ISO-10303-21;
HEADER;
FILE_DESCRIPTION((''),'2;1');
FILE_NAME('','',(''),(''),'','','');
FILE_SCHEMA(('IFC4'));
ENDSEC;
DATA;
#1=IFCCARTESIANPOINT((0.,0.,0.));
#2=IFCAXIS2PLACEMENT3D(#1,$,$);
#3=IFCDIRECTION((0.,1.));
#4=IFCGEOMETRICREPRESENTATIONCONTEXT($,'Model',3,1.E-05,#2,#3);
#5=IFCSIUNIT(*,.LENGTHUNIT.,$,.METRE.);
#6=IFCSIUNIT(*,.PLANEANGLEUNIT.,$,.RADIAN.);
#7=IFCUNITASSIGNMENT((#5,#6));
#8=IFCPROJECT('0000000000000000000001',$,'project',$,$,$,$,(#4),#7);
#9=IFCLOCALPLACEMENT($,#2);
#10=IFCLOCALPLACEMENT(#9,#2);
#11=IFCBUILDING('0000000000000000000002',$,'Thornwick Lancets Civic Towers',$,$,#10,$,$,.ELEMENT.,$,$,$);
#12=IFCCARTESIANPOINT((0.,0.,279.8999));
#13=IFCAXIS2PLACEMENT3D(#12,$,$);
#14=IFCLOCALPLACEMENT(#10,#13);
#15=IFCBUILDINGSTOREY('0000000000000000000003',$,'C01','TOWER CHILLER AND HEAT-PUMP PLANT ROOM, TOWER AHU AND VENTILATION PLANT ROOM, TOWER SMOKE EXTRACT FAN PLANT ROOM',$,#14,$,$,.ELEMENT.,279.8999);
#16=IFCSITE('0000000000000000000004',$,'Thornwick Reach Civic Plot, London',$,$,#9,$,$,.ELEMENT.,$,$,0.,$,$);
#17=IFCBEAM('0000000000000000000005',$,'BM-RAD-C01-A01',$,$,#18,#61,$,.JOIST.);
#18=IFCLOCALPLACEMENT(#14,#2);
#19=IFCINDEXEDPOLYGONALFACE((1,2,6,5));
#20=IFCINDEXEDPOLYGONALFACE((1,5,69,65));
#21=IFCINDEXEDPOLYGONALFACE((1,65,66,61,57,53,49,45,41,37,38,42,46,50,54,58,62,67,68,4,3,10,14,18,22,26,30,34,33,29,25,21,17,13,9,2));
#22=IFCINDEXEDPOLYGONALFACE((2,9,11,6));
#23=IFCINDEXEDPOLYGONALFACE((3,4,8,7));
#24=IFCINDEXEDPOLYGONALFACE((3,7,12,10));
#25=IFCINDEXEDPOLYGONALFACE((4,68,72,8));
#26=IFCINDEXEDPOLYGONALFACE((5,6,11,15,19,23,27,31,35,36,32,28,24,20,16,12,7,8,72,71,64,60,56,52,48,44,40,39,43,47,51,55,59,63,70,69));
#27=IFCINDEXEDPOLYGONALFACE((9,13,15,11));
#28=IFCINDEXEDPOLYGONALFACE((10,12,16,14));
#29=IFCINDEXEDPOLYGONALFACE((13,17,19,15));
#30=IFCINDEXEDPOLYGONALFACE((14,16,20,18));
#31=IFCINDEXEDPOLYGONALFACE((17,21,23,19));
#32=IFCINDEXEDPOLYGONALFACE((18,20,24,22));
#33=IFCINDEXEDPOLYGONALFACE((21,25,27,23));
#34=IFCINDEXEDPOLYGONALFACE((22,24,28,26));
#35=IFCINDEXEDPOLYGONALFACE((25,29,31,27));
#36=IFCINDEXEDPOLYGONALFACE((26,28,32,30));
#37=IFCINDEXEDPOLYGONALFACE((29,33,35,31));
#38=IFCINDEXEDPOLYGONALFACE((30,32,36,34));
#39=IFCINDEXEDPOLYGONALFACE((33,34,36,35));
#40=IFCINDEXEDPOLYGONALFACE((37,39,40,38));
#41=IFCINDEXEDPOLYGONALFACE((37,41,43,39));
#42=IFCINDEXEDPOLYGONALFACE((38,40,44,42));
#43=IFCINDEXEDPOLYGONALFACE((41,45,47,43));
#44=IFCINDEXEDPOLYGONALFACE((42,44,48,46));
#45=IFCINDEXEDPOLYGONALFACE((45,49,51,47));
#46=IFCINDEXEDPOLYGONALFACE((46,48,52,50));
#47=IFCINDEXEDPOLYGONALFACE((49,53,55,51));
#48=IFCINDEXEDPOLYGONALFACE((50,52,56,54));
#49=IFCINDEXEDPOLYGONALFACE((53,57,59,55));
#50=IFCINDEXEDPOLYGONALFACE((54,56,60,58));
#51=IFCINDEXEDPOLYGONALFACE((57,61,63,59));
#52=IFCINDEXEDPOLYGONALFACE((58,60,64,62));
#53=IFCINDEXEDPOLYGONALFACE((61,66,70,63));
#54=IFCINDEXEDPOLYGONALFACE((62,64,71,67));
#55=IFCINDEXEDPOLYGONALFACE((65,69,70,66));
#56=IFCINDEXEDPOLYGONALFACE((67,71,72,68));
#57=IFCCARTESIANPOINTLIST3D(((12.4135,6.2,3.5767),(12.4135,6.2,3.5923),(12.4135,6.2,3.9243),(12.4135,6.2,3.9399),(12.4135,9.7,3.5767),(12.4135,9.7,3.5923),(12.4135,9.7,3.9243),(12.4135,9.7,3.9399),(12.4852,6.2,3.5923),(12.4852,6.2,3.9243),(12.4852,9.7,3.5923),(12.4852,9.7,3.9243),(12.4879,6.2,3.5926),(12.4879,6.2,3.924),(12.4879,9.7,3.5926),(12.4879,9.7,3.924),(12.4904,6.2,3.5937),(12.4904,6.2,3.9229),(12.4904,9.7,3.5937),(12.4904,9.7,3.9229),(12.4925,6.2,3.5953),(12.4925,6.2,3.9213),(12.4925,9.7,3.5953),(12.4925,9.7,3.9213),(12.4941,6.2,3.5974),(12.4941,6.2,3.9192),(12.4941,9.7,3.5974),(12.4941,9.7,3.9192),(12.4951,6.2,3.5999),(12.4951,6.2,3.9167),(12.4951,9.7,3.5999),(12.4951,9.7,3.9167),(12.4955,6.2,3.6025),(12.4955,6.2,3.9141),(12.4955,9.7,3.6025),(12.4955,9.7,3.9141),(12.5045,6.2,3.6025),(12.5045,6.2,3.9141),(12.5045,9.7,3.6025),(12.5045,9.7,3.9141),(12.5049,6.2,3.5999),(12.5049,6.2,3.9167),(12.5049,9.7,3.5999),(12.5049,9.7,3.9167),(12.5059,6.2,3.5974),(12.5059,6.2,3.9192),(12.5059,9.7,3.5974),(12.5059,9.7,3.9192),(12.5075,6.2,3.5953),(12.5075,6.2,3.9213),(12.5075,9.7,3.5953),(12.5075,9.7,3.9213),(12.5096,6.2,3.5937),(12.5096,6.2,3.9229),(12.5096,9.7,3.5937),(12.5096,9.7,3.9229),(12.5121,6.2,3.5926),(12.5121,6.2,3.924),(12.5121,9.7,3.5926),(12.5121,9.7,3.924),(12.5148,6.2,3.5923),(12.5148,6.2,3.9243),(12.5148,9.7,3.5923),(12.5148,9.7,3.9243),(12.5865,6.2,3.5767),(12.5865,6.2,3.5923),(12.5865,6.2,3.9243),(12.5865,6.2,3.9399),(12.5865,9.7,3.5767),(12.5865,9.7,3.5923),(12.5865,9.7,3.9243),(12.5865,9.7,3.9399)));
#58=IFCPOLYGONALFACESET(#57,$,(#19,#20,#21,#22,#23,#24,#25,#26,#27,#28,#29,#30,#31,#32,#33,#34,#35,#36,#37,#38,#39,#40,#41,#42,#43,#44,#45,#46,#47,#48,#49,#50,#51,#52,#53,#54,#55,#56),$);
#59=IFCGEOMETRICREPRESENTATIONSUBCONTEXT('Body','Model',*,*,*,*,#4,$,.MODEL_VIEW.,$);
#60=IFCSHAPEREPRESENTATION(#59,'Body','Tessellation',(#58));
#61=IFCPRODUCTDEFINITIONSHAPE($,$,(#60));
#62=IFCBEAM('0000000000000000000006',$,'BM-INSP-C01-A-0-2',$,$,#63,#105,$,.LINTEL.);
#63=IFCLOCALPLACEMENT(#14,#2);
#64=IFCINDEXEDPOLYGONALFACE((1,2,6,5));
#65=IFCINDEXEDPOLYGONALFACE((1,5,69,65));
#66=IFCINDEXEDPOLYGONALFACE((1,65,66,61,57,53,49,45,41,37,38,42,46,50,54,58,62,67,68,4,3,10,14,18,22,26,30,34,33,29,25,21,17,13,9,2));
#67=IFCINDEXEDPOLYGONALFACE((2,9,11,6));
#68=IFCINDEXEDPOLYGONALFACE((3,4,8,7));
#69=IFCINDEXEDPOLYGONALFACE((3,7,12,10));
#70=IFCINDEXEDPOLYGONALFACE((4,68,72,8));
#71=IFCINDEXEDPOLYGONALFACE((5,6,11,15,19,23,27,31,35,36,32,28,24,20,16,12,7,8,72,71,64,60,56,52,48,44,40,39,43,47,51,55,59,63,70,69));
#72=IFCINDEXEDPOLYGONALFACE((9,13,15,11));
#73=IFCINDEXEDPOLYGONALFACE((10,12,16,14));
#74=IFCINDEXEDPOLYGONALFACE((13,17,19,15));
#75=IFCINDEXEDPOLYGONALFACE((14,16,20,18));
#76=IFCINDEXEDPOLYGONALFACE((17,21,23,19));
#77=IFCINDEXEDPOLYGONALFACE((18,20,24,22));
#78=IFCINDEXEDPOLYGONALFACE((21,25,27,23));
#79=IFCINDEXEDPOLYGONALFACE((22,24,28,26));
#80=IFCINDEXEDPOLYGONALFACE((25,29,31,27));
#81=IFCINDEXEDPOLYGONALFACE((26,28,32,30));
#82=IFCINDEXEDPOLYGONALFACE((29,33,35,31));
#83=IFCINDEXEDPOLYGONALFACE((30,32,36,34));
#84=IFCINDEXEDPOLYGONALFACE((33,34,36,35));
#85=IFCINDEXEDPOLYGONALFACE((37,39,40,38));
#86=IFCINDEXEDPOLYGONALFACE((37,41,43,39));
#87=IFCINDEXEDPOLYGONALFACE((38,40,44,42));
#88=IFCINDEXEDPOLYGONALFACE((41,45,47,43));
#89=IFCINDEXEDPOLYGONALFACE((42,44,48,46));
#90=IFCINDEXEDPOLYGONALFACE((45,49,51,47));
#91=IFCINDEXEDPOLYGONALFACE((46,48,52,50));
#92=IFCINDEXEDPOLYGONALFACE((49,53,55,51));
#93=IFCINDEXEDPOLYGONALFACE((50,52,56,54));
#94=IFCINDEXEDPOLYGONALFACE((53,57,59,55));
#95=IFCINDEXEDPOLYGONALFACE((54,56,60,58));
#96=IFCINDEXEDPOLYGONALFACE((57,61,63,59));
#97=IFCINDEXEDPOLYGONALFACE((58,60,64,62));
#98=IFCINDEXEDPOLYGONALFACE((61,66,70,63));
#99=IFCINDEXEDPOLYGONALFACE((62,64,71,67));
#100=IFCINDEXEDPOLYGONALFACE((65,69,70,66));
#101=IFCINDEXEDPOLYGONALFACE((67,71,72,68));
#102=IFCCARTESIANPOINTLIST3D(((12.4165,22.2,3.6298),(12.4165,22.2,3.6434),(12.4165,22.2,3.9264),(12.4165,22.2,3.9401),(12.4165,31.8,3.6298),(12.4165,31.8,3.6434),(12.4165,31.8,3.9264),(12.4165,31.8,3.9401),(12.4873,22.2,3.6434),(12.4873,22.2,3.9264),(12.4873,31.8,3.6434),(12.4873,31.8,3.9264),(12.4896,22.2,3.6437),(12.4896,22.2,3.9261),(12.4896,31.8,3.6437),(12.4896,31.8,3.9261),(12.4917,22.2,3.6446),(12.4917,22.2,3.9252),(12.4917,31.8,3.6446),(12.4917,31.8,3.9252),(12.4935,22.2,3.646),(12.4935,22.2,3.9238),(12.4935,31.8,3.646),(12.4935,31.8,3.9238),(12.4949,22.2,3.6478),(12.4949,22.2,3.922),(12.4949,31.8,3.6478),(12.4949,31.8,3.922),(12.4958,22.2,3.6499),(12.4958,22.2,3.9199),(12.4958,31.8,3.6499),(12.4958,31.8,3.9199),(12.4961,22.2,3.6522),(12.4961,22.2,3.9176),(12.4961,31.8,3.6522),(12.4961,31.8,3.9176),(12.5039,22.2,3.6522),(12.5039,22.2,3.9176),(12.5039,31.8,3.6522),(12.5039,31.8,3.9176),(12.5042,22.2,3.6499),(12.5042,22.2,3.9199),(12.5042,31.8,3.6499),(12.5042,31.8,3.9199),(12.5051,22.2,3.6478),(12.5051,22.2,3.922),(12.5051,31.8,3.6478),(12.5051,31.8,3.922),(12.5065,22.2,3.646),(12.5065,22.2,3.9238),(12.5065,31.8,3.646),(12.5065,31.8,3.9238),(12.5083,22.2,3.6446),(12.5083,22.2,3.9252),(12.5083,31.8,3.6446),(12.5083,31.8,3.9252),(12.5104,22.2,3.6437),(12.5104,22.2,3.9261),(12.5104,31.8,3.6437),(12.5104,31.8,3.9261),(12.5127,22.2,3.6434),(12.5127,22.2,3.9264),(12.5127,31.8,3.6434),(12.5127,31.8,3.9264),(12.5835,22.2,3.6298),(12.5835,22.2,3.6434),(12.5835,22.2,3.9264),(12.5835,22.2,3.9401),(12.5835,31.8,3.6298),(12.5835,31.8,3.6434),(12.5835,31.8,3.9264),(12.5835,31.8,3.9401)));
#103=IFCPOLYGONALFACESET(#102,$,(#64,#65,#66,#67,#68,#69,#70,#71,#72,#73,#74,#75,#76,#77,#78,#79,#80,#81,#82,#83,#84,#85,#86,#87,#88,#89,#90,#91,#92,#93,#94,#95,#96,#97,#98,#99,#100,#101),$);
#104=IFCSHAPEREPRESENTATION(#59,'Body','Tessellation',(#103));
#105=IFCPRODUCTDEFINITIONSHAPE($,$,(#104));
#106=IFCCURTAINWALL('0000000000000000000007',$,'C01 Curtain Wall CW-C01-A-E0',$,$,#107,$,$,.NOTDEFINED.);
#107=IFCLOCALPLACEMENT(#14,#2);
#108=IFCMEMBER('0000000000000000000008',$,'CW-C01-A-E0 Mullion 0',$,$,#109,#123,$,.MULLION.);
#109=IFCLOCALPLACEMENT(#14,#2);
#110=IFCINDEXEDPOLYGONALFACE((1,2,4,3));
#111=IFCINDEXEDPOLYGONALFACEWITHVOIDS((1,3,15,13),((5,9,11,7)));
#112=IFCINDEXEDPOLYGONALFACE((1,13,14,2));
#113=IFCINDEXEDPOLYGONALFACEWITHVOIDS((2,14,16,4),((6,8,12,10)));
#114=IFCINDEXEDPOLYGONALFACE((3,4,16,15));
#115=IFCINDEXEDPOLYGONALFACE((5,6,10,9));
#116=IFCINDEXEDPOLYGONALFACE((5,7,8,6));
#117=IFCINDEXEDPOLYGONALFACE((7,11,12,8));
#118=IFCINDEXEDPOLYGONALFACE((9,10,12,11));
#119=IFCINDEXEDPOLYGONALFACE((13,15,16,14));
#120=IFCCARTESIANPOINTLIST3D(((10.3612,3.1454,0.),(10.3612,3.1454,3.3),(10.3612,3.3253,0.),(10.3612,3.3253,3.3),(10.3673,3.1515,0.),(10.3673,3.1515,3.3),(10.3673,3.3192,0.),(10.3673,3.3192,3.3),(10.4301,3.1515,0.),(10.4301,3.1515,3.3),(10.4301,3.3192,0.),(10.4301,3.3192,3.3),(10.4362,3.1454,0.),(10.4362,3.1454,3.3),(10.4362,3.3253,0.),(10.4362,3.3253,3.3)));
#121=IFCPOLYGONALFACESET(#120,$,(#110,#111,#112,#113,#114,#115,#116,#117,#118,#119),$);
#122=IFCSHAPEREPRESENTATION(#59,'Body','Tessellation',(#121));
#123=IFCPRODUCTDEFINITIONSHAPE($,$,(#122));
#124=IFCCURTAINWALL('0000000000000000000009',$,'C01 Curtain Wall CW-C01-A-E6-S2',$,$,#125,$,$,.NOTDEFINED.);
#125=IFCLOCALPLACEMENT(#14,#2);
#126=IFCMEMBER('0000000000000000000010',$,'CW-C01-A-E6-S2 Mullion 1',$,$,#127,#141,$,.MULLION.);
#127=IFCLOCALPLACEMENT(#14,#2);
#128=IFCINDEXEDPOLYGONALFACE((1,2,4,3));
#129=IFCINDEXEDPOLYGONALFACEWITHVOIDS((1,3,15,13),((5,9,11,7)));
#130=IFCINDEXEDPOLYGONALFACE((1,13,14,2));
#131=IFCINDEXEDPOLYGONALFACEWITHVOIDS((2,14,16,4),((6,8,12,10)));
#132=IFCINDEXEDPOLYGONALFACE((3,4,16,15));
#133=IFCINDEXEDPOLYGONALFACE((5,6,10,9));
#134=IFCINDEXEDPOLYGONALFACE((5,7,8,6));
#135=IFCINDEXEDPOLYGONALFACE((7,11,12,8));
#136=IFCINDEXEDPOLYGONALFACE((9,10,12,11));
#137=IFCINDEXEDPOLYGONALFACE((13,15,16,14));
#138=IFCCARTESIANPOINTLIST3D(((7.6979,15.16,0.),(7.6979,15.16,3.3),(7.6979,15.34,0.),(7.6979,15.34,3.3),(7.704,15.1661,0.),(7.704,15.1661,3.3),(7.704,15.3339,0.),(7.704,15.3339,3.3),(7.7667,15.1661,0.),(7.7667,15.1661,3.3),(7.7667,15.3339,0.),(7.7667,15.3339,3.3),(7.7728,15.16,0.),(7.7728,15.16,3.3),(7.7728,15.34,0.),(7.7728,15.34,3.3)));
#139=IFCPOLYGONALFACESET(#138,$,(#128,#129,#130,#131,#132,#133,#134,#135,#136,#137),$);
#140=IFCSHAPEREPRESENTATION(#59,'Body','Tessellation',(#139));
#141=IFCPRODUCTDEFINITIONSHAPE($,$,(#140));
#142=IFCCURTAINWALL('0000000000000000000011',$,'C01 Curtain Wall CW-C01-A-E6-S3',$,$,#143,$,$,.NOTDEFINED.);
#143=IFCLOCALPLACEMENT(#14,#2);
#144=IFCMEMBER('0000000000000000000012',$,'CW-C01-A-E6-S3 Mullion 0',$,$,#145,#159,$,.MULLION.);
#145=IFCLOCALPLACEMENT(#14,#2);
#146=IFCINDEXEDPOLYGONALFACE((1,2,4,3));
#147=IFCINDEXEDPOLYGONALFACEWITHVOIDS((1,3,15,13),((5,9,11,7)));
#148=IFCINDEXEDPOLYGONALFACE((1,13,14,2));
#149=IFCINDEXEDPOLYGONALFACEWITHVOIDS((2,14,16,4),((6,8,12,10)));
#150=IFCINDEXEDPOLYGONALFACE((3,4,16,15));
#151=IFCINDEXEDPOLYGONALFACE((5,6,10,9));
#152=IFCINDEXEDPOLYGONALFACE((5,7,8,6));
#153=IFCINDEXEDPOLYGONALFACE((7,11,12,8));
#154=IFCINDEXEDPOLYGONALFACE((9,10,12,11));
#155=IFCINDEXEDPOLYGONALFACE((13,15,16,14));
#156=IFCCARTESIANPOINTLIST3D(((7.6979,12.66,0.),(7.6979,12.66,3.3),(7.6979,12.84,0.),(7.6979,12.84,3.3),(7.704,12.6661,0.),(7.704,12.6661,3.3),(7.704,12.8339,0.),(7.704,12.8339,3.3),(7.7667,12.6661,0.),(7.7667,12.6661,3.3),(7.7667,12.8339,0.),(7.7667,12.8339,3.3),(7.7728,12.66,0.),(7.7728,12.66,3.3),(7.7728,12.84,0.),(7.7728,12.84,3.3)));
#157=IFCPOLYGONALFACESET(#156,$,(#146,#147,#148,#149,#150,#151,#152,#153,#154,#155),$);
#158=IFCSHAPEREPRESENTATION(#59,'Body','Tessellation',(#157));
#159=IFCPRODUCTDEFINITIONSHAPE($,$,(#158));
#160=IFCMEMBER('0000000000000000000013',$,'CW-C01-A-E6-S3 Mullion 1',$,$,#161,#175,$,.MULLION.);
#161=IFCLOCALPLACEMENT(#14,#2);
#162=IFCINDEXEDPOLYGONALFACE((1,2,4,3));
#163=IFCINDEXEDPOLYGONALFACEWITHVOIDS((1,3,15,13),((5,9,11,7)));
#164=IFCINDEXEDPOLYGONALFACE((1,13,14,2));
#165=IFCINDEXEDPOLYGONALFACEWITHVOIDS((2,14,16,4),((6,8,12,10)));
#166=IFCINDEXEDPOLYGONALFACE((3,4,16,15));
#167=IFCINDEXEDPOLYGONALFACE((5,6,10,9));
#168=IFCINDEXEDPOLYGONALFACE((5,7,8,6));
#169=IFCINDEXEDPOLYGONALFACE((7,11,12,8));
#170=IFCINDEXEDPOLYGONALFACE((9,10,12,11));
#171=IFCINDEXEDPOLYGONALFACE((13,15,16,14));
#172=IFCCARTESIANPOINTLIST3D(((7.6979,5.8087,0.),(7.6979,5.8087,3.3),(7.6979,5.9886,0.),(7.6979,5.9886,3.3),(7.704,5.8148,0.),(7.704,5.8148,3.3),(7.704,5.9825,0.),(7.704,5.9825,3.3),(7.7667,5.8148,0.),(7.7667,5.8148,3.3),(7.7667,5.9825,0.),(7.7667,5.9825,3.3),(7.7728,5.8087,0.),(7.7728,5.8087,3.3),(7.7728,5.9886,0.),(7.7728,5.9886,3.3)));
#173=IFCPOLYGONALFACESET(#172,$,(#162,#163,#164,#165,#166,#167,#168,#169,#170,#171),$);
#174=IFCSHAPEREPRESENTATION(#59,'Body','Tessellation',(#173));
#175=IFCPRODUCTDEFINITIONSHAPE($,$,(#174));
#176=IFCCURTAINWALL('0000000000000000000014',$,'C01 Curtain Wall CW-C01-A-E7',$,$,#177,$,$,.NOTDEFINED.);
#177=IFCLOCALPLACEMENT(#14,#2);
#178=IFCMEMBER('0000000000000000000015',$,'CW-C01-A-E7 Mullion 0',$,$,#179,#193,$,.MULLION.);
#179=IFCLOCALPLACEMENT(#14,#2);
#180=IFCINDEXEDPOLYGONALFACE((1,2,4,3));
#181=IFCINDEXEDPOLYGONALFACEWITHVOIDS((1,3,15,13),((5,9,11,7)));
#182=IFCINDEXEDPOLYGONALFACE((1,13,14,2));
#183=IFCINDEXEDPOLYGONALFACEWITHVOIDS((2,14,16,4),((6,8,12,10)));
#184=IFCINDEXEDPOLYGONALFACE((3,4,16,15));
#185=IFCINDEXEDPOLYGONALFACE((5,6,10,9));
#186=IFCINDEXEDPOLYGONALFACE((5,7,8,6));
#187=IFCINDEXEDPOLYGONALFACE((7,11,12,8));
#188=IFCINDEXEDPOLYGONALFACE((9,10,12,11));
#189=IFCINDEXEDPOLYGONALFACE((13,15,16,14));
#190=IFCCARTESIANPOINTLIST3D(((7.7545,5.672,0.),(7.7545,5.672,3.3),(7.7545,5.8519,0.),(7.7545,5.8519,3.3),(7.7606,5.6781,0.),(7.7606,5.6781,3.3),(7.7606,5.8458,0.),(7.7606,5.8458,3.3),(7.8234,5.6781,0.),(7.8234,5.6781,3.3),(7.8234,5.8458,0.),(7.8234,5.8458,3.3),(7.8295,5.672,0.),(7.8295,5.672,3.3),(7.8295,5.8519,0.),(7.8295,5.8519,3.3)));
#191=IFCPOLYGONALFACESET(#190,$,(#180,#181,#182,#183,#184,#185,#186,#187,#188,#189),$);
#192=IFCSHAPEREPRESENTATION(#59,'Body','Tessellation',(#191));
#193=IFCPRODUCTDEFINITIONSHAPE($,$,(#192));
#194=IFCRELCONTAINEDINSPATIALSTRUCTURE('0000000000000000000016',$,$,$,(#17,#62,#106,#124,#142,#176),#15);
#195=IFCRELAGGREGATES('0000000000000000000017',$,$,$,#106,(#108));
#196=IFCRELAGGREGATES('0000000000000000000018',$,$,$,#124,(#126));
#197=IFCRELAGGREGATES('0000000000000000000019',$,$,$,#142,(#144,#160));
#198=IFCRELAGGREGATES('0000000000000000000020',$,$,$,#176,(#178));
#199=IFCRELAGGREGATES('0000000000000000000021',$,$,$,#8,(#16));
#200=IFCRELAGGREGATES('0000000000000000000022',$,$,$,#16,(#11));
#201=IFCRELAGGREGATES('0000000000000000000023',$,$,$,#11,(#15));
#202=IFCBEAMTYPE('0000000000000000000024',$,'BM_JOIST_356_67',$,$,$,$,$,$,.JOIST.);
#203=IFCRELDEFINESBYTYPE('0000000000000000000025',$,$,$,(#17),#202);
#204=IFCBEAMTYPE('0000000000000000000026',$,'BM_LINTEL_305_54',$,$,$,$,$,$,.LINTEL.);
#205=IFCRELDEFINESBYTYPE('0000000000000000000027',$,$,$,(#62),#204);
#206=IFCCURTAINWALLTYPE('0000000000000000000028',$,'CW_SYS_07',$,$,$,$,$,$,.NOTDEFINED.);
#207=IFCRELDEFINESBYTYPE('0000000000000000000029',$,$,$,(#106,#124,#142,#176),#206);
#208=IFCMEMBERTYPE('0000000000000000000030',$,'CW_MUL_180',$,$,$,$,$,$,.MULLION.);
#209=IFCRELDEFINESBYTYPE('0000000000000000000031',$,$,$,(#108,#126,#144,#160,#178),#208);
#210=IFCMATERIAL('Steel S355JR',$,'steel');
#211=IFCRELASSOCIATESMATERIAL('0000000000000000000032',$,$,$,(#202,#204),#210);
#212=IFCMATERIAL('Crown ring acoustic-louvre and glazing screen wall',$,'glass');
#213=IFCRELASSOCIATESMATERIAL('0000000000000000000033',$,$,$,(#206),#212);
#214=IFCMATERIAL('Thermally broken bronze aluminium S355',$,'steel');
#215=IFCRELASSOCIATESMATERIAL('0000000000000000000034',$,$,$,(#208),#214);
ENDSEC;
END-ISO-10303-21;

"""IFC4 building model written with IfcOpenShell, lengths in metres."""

from ifc_helpers import new_model, si_unit, direction, frame, origin, origin_2d, place, context, subcontext, project, spatial, hollow_rectangle, i_section, extrude, material, material_profile, profile_set, type_object, element, aggregate, save


model = new_model("IFC4")

# Units and contexts
model_context = context("Model", 3, precision=1e-05, world=origin(), true_north=direction((0.0, 1.0)))
body_context = subcontext(model_context, "Body", "Model", "MODEL_VIEW")
ifc_project = project(units=[si_unit("LENGTHUNIT", "METRE"), si_unit("PLANEANGLEUNIT", "RADIAN")], contexts=[model_context])

# Site, building, storey
site_placement = place(None, origin())
site = spatial("IfcSite", under=ifc_project, at=site_placement, Name="Thornwick Reach Civic Plot, London", CompositionType="ELEMENT", RefElevation=0.0)
building_placement = place(site_placement, origin())
building = spatial("IfcBuilding", under=site, at=building_placement, Name="Thornwick Lancets Civic Towers", CompositionType="ELEMENT")
storey_placement = place(building_placement, frame((0.0, 0.0, 279.8999)))
storey = spatial("IfcBuildingStorey", under=building, at=storey_placement, Name="C01", Description="TOWER CHILLER AND HEAT-PUMP PLANT ROOM, TOWER AHU AND VENTILATION PLANT ROOM, TOWER SMOKE EXTRACT FAN PLANT ROOM", CompositionType="ELEMENT", Elevation=279.8999)

# Shared definitions
ifc_material_1 = material(Name="Steel S355JR", Category="steel")

# Beams
ifc_material_profile_1 = material_profile(ifc_material_1, i_section(OverallWidth=0.1731, OverallDepth=0.3633, WebThickness=0.009, FlangeThickness=0.0156, FilletRadius=0.0103, at=origin_2d()), Name="UKB 356x171x67")
ifc_profile_set_1 = profile_set([ifc_material_profile_1], Name="Steel S355JR")
beam_type_1 = type_object("IfcBeamType", Name="BM_JOIST_356_67", PredefinedType="JOIST", material=ifc_profile_set_1)
beam_1_placement = place(storey_placement, frame((12.5, 9.7, 3.7583), z_axis=(0.0, -1.0, 0.0), x_axis=(1.0, 0.0, 0.0)))
element("IfcBeam", 1, at=beam_1_placement, inside=storey, type_object=beam_type_1, Name="BM-RAD-C01-A01", PredefinedType="JOIST", context=body_context, shape_type="SweptSolid", body=[
    extrude(i_section(OverallWidth=0.1731, OverallDepth=0.3633, WebThickness=0.009, FlangeThickness=0.0156, FilletRadius=0.0103, at=origin_2d()), origin(), (0.0, 0.0, 1.0), 3.5),
])
ifc_material_profile_2 = material_profile(ifc_material_1, i_section(OverallWidth=0.167, OverallDepth=0.3103, WebThickness=0.0078, FlangeThickness=0.0137, FilletRadius=0.0088, at=origin_2d()), Name="UKB 305x165x54")
ifc_profile_set_2 = profile_set([ifc_material_profile_2], Name="Steel S355JR")
beam_type_2 = type_object("IfcBeamType", Name="BM_LINTEL_305_54", PredefinedType="LINTEL", material=ifc_profile_set_2)
beam_2_placement = place(storey_placement, frame((12.5, 22.2, 3.7849), z_axis=(0.0, 1.0, 0.0), x_axis=(-1.0, 0.0, 0.0)))
element("IfcBeam", 2, at=beam_2_placement, inside=storey, type_object=beam_type_2, Name="BM-INSP-C01-A-0-2", PredefinedType="LINTEL", context=body_context, shape_type="SweptSolid", body=[
    extrude(i_section(OverallWidth=0.167, OverallDepth=0.3103, WebThickness=0.0078, FlangeThickness=0.0137, FilletRadius=0.0088, at=origin_2d()), origin(), (0.0, 0.0, 1.0), 9.6001),
])

# Curtain walls, members
ifc_material_2 = material(Name="Crown ring acoustic-louvre and glazing screen wall", Category="glass")
curtain_wall_type = type_object("IfcCurtainWallType", Name="CW_SYS_07", PredefinedType="NOTDEFINED", material=ifc_material_2)
curtain_wall_1_placement = place(storey_placement, origin())
curtain_wall_1 = element("IfcCurtainWall", 3, at=curtain_wall_1_placement, inside=storey, type_object=curtain_wall_type, Name="C01 Curtain Wall CW-C01-A-E0", PredefinedType="NOTDEFINED")
ifc_material_3 = material(Name="Thermally broken bronze aluminium S355", Category="steel")
ifc_material_profile_3 = material_profile(ifc_material_3, hollow_rectangle(XDim=0.075, YDim=0.1799, WallThickness=0.0061, at=origin_2d()), Name="RHS 180x75x6")
ifc_profile_set_3 = profile_set([ifc_material_profile_3], Name="Thermally broken bronze aluminium S355")
member_type_1 = type_object("IfcMemberType", Name="CW_MUL_180", PredefinedType="MULLION", material=ifc_profile_set_3)
member_1_placement = place(storey_placement, frame((10.3987, 3.2354, 0.0), z_axis=(0.0, 0.0, 1.0), x_axis=(1.0, 0.0, 0.0)))
member_1 = element("IfcMember", 4, at=member_1_placement, type_object=member_type_1, Name="CW-C01-A-E0 Mullion 0", PredefinedType="MULLION", context=body_context, shape_type="SweptSolid", body=[
    extrude(hollow_rectangle(XDim=0.075, YDim=0.1799, WallThickness=0.0061, at=origin_2d()), origin(), (0.0, 0.0, 1.0), 3.3),
])
curtain_wall_2_placement = place(storey_placement, origin())
curtain_wall_2 = element("IfcCurtainWall", 5, at=curtain_wall_2_placement, inside=storey, type_object=curtain_wall_type, Name="C01 Curtain Wall CW-C01-A-E6-S2", PredefinedType="NOTDEFINED")
member_2_placement = place(storey_placement, frame((7.7354, 15.25, 0.0), z_axis=(0.0, 0.0, 1.0), x_axis=(1.0, 0.0, 0.0)))
member_2 = element("IfcMember", 6, at=member_2_placement, type_object=member_type_1, Name="CW-C01-A-E6-S2 Mullion 1", PredefinedType="MULLION", context=body_context, shape_type="SweptSolid", body=[
    extrude(hollow_rectangle(XDim=0.075, YDim=0.1799, WallThickness=0.0061, at=origin_2d()), origin(), (0.0, 0.0, 1.0), 3.3),
])

# Curtain walls, members
curtain_wall_3_placement = place(storey_placement, origin())
curtain_wall_3 = element("IfcCurtainWall", 7, at=curtain_wall_3_placement, inside=storey, type_object=curtain_wall_type, Name="C01 Curtain Wall CW-C01-A-E6-S3", PredefinedType="NOTDEFINED")
member_3_placement = place(storey_placement, frame((7.7354, 12.75, 0.0), z_axis=(0.0, 0.0, 1.0), x_axis=(1.0, 0.0, 0.0)))
member_3 = element("IfcMember", 8, at=member_3_placement, type_object=member_type_1, Name="CW-C01-A-E6-S3 Mullion 0", PredefinedType="MULLION", context=body_context, shape_type="SweptSolid", body=[
    extrude(hollow_rectangle(XDim=0.075, YDim=0.1799, WallThickness=0.0061, at=origin_2d()), origin(), (0.0, 0.0, 1.0), 3.3),
])
member_4_placement = place(storey_placement, frame((7.7354, 5.8987, 0.0), z_axis=(0.0, 0.0, 1.0), x_axis=(1.0, 0.0, 0.0)))
member_4 = element("IfcMember", 9, at=member_4_placement, type_object=member_type_1, Name="CW-C01-A-E6-S3 Mullion 1", PredefinedType="MULLION", context=body_context, shape_type="SweptSolid", body=[
    extrude(hollow_rectangle(XDim=0.075, YDim=0.1799, WallThickness=0.0061, at=origin_2d()), origin(), (0.0, 0.0, 1.0), 3.3),
])
curtain_wall_4_placement = place(storey_placement, origin())
curtain_wall_4 = element("IfcCurtainWall", 10, at=curtain_wall_4_placement, inside=storey, type_object=curtain_wall_type, Name="C01 Curtain Wall CW-C01-A-E7", PredefinedType="NOTDEFINED")
member_5_placement = place(storey_placement, frame((7.792, 5.762, 0.0), z_axis=(0.0, 0.0, 1.0), x_axis=(1.0, 0.0, 0.0)))
member_5 = element("IfcMember", 11, at=member_5_placement, type_object=member_type_1, Name="CW-C01-A-E7 Mullion 0", PredefinedType="MULLION", context=body_context, shape_type="SweptSolid", body=[
    extrude(hollow_rectangle(XDim=0.075, YDim=0.1799, WallThickness=0.0061, at=origin_2d()), origin(), (0.0, 0.0, 1.0), 3.3),
])

aggregate(curtain_wall_1, [member_1])

aggregate(curtain_wall_2, [member_2])
aggregate(curtain_wall_3, [member_3, member_4])
aggregate(curtain_wall_4, [member_5])

save(model, "model.ifc")
